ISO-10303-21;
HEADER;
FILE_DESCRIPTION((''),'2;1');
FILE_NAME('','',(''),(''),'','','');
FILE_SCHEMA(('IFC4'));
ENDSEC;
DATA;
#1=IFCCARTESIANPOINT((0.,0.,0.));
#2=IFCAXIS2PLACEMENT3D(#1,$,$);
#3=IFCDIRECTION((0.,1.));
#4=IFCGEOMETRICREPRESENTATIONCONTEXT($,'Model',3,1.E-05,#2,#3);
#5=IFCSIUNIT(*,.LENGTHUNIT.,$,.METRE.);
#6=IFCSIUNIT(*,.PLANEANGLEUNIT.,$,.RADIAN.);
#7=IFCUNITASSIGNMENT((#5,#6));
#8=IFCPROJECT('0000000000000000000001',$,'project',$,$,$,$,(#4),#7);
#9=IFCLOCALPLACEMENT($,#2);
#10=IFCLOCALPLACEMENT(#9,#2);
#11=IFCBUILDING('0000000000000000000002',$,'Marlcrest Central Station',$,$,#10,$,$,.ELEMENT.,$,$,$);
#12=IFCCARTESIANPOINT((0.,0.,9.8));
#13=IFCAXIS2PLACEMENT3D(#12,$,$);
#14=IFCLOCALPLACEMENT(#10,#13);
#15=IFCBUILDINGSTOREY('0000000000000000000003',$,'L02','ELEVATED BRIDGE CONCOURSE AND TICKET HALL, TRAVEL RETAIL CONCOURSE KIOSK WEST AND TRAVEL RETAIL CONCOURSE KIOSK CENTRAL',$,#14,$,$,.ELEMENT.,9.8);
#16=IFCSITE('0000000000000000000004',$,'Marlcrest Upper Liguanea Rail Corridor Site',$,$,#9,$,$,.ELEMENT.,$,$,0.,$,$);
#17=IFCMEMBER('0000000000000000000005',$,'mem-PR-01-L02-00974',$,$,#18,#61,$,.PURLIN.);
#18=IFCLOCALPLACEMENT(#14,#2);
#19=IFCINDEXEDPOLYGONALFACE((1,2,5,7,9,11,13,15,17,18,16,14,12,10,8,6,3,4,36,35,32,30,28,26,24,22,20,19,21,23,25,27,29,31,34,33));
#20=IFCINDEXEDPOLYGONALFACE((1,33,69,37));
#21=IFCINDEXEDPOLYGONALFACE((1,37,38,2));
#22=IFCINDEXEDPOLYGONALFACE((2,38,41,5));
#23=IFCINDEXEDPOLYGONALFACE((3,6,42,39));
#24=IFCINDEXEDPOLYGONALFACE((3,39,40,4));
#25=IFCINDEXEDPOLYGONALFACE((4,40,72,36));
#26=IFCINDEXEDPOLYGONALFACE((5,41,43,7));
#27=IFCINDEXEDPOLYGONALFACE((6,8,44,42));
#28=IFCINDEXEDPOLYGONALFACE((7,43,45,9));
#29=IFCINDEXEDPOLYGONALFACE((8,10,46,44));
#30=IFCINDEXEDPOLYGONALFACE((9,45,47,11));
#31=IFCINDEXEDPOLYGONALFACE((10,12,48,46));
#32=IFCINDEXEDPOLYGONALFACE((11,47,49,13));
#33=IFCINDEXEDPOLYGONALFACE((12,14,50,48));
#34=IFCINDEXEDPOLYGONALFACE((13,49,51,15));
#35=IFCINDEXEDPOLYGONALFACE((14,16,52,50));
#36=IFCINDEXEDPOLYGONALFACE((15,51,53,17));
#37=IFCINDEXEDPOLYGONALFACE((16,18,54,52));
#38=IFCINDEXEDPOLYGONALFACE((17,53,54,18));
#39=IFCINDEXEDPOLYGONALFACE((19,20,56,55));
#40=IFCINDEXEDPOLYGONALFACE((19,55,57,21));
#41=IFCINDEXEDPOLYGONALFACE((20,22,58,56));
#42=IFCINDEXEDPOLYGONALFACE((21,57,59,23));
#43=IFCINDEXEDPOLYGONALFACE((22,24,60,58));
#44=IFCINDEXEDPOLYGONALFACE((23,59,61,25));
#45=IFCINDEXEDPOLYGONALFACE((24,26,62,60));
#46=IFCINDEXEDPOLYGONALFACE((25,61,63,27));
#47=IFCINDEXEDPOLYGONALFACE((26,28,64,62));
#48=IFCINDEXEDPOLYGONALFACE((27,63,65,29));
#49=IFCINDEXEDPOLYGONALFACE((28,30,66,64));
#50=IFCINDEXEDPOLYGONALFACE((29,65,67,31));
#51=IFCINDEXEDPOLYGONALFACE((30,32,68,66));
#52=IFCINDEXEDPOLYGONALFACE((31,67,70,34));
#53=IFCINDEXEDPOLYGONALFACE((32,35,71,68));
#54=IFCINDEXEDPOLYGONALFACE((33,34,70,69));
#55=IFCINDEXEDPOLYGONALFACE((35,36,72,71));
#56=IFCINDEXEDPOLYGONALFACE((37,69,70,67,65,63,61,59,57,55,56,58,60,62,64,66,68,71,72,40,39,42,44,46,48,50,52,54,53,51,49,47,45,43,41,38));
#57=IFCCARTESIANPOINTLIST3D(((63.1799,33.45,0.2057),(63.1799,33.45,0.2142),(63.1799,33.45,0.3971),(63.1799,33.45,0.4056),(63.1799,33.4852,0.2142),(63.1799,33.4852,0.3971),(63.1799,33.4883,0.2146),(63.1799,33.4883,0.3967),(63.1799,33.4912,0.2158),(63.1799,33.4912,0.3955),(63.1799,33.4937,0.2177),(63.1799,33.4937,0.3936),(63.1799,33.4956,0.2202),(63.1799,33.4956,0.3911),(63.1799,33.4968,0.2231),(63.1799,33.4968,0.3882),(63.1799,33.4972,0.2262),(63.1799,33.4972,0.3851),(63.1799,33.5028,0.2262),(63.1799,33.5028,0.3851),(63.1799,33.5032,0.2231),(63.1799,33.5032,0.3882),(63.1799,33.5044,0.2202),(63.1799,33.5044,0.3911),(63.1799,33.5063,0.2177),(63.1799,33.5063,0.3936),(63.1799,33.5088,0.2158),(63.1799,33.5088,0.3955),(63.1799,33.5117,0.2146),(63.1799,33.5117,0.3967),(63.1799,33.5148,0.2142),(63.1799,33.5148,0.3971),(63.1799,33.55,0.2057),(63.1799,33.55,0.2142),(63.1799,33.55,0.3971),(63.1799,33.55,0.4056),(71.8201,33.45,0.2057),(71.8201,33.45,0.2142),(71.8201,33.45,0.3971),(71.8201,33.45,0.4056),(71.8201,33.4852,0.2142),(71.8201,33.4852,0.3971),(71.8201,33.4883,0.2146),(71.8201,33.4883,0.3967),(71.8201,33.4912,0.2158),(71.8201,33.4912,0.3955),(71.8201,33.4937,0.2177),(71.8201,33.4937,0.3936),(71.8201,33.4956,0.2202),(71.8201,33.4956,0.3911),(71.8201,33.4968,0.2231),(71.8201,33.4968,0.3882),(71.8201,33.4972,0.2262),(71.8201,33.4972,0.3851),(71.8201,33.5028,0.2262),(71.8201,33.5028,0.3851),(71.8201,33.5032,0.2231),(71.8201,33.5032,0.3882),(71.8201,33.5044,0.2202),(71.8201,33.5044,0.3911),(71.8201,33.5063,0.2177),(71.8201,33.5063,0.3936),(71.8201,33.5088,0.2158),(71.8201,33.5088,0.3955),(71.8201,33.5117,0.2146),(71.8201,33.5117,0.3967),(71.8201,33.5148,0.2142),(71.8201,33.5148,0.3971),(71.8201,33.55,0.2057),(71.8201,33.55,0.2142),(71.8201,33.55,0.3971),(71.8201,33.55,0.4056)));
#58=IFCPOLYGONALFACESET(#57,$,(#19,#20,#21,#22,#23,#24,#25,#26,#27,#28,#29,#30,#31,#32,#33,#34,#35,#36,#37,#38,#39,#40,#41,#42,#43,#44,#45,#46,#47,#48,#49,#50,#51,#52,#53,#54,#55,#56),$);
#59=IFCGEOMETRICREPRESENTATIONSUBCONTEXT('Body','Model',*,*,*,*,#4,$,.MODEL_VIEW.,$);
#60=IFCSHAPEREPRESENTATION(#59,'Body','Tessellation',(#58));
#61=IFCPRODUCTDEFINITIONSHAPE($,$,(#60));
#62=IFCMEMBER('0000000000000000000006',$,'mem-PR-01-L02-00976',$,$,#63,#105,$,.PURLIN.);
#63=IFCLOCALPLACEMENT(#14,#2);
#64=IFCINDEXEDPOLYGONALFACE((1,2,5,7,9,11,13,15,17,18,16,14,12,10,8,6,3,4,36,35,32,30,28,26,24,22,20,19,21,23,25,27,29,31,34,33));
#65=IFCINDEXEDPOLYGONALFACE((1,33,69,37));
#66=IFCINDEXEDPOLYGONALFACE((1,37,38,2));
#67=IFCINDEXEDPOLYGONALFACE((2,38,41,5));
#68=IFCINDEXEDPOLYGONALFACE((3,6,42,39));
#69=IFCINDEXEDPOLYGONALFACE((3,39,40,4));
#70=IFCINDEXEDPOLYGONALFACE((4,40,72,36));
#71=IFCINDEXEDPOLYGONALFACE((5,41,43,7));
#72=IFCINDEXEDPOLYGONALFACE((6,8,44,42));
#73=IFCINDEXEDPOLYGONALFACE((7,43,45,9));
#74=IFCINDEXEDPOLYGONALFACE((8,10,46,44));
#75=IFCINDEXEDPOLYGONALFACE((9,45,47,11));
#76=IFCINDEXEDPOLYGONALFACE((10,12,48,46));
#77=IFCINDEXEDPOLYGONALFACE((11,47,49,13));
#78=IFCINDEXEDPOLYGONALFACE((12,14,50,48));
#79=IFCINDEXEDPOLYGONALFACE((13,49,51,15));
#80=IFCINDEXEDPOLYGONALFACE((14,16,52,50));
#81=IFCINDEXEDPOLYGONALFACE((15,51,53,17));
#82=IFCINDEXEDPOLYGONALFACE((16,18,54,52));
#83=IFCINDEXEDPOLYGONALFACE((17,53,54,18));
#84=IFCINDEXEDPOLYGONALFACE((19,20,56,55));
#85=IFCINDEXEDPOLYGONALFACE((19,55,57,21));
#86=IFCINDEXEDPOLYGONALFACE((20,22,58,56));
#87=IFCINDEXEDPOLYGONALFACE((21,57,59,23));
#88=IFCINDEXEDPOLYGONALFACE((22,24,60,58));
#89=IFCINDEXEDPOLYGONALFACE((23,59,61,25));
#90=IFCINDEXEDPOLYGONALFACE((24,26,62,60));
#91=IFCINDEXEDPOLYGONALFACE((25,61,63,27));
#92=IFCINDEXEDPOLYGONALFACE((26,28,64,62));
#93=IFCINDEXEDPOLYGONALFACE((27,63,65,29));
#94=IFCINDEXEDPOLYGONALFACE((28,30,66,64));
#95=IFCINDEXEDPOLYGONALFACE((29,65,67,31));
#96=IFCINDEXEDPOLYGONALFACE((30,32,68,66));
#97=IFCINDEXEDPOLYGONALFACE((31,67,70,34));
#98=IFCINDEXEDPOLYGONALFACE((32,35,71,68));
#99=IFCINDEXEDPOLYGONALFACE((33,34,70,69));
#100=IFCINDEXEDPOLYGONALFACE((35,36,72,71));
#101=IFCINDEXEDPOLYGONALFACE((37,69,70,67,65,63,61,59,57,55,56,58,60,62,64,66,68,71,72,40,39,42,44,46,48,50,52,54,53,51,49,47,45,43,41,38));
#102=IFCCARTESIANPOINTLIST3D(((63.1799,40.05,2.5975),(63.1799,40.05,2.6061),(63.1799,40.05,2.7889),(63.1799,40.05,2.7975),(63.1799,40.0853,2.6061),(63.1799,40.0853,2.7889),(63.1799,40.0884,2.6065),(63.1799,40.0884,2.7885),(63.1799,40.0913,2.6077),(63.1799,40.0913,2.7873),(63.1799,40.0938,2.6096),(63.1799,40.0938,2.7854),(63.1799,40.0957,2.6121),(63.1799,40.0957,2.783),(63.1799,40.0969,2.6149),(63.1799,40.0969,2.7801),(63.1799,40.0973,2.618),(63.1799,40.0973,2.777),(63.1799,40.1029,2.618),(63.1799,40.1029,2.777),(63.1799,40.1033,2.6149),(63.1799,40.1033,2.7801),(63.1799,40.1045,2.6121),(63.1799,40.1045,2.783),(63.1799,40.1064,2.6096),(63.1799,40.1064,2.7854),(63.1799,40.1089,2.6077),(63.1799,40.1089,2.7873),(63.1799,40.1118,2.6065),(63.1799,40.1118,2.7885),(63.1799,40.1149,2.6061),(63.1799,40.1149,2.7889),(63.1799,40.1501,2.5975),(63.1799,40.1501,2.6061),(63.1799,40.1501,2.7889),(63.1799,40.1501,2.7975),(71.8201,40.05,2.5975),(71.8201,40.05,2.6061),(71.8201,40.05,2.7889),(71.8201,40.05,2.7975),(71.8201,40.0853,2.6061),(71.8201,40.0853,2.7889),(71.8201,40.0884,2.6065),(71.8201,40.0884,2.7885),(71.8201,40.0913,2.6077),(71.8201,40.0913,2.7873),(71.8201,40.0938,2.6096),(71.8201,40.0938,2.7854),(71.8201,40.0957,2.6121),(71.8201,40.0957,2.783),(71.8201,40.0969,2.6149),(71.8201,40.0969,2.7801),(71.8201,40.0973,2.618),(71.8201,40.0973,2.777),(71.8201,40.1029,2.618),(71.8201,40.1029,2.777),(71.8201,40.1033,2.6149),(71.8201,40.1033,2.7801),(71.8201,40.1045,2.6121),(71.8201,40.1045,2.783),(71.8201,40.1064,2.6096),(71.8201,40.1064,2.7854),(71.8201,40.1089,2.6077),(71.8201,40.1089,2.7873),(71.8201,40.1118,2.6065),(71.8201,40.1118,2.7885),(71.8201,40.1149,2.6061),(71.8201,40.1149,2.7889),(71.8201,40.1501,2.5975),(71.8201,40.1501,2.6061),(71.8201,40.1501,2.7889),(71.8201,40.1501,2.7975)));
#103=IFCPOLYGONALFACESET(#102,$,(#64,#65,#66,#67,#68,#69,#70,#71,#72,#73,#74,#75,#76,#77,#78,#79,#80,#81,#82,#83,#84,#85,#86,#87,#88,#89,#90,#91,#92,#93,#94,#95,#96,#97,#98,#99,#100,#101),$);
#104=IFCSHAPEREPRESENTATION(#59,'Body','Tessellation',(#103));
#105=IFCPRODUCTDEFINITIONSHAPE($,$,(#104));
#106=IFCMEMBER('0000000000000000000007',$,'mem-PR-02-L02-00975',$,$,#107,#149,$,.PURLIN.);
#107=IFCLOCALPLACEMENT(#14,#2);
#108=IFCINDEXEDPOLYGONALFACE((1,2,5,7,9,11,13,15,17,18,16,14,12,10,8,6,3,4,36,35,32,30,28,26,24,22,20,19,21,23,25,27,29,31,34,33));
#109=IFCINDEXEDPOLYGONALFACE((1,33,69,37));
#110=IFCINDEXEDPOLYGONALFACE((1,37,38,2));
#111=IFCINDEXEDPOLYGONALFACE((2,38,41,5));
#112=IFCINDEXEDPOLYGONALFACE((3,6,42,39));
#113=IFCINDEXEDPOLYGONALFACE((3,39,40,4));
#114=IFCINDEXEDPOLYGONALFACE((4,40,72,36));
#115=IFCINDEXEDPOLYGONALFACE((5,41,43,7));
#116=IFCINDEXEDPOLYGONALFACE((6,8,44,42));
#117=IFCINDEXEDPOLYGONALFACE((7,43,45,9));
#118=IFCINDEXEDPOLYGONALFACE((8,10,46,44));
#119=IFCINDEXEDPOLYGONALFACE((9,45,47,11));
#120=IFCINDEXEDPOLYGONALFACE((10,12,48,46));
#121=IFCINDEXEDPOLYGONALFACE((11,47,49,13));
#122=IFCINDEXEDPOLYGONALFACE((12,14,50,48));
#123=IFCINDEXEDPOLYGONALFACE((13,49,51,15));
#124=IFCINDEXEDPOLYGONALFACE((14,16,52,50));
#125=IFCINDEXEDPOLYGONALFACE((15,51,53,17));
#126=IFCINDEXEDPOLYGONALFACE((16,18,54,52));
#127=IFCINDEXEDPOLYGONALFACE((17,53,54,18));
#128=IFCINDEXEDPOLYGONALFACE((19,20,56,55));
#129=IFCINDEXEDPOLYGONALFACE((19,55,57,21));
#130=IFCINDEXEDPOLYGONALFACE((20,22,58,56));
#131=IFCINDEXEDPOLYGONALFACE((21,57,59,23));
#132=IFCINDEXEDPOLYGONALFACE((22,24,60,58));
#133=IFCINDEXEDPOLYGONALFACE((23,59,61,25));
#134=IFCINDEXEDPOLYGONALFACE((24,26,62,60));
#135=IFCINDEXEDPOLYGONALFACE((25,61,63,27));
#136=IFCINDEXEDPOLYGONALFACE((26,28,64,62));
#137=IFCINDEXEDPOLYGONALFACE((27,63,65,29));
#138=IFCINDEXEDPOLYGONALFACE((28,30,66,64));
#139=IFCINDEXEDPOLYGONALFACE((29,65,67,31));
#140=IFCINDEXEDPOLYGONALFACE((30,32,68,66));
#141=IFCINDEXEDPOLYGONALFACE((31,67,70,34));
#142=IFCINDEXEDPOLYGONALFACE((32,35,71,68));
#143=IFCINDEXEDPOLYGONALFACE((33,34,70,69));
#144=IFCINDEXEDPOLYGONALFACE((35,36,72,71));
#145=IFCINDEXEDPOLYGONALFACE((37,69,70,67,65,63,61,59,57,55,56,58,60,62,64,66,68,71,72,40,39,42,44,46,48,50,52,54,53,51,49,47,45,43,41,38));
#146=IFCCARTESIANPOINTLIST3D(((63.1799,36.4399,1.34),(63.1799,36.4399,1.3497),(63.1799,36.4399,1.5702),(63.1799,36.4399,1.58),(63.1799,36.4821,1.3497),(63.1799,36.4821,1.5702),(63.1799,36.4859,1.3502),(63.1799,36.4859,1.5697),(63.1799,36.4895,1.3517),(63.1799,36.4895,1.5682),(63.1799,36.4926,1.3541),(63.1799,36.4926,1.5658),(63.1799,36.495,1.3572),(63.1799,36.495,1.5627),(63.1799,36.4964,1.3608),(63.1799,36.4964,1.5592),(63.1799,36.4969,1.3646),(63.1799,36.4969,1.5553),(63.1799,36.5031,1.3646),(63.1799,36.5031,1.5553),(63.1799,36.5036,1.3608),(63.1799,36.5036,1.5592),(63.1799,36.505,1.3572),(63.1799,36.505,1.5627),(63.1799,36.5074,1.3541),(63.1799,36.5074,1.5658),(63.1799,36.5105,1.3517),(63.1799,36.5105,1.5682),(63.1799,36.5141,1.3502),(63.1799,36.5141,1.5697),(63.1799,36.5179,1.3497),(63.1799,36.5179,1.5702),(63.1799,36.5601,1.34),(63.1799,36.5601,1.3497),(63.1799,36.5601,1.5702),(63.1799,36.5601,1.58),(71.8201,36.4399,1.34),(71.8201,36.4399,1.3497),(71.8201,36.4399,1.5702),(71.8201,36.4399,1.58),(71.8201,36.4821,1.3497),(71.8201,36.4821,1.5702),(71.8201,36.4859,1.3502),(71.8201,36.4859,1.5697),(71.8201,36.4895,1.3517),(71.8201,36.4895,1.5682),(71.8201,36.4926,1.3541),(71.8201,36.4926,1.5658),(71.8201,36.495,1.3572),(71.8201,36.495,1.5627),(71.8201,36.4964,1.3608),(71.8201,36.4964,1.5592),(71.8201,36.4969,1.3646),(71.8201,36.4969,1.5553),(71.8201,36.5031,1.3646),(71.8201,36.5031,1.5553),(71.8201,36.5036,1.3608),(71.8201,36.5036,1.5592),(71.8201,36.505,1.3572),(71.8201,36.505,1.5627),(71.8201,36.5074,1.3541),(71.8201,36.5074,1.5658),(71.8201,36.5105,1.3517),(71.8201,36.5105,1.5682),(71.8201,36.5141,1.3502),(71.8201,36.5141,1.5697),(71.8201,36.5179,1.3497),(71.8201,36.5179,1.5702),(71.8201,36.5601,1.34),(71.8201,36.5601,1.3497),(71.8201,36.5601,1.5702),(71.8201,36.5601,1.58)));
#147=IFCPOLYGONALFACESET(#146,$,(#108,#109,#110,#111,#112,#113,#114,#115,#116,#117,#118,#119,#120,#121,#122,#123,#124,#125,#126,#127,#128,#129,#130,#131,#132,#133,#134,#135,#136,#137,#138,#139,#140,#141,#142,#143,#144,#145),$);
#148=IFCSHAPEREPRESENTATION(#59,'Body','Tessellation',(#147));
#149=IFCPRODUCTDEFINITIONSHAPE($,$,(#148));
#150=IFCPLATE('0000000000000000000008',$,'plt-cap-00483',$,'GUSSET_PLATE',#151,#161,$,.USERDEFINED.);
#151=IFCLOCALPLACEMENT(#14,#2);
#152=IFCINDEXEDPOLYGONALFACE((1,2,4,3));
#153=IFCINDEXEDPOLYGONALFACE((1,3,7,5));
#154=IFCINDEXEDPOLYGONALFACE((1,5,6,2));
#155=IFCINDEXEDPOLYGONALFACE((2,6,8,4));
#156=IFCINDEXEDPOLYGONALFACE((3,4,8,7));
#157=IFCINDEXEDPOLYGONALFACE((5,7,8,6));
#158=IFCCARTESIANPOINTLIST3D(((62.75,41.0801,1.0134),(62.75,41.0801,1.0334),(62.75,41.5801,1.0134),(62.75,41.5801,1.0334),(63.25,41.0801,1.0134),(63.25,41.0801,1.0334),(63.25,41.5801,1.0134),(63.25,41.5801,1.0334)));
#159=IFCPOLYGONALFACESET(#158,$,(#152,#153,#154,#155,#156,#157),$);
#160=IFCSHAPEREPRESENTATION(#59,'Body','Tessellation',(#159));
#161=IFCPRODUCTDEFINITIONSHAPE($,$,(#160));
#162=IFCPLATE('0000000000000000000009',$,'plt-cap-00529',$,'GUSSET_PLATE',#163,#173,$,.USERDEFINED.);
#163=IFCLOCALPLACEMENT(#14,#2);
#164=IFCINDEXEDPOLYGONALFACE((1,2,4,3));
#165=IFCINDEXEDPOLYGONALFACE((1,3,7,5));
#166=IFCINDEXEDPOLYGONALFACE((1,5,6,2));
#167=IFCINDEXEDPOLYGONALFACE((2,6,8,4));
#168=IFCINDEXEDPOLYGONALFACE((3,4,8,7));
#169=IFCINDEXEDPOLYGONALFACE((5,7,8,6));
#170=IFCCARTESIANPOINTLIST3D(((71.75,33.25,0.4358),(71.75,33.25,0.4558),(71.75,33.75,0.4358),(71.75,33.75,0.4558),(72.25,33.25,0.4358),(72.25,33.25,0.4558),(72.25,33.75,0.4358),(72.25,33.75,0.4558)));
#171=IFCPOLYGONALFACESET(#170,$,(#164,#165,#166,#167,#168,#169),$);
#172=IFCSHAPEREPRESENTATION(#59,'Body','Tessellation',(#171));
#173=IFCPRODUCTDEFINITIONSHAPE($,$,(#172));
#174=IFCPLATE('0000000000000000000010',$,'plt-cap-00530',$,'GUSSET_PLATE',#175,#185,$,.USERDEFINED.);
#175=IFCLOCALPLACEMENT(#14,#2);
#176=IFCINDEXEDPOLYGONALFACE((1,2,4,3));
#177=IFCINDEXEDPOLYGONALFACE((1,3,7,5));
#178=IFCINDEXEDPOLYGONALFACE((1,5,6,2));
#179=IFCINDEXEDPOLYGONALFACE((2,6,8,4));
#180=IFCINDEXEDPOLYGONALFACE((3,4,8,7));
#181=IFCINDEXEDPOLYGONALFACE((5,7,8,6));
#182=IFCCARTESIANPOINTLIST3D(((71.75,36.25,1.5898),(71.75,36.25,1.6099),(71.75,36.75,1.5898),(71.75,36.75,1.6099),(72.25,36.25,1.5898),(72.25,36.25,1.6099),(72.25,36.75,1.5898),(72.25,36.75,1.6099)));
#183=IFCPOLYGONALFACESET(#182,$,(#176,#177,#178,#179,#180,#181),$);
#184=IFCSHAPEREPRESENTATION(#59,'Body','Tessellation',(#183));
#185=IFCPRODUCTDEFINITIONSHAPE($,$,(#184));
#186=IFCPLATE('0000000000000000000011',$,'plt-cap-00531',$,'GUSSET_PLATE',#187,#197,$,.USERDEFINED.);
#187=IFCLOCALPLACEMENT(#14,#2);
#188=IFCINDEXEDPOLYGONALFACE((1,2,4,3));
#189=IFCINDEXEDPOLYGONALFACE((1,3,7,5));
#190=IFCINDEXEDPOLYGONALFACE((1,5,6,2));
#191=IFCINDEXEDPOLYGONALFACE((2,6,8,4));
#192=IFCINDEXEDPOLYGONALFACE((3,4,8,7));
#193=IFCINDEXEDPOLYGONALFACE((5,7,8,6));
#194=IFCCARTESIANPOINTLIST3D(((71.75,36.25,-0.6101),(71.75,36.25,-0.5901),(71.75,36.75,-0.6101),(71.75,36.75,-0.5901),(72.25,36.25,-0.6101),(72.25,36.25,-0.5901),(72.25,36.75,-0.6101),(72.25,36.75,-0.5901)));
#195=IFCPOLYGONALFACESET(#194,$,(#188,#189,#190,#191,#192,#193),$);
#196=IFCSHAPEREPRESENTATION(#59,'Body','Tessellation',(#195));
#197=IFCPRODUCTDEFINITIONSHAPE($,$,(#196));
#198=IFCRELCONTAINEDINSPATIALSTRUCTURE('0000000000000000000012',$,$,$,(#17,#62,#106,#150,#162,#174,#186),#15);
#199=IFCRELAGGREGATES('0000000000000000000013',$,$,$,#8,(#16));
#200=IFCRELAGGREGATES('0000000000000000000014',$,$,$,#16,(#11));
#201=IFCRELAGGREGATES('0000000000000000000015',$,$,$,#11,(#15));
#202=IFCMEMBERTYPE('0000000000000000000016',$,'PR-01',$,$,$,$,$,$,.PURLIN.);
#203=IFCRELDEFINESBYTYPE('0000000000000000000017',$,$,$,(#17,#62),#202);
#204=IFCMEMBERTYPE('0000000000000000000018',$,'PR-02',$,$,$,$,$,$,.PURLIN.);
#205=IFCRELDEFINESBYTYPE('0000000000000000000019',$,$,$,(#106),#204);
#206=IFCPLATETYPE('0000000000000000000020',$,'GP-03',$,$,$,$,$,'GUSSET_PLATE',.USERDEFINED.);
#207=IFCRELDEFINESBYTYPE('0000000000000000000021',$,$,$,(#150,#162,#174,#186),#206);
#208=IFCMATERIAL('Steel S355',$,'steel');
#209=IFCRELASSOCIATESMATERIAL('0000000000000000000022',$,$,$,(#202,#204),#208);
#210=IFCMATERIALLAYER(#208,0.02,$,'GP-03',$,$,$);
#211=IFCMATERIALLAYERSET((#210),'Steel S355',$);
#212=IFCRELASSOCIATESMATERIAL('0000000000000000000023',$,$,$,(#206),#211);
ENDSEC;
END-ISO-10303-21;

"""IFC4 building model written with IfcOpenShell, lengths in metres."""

from ifc_helpers import new_model, si_unit, direction, frame, origin, origin_2d, place, context, subcontext, project, spatial, rectangle, i_section, extrude, material, layer, layer_set, material_profile, profile_set, type_object, element, save


model = new_model("IFC4")

# Units and contexts
model_context = context("Model", 3, precision=1e-05, world=origin(), true_north=direction((0.0, 1.0)))
body_context = subcontext(model_context, "Body", "Model", "MODEL_VIEW")
ifc_project = project(units=[si_unit("LENGTHUNIT", "METRE"), si_unit("PLANEANGLEUNIT", "RADIAN")], contexts=[model_context])

# Site, building, storey
site_placement = place(None, origin())
site = spatial("IfcSite", under=ifc_project, at=site_placement, Name="Marlcrest Upper Liguanea Rail Corridor Site", CompositionType="ELEMENT", RefElevation=0.0)
building_placement = place(site_placement, origin())
building = spatial("IfcBuilding", under=site, at=building_placement, Name="Marlcrest Central Station", CompositionType="ELEMENT")
storey_placement = place(building_placement, frame((0.0, 0.0, 9.8)))
storey = spatial("IfcBuildingStorey", under=building, at=storey_placement, Name="L02", Description="ELEVATED BRIDGE CONCOURSE AND TICKET HALL, TRAVEL RETAIL CONCOURSE KIOSK WEST AND TRAVEL RETAIL CONCOURSE KIOSK CENTRAL", CompositionType="ELEMENT", Elevation=9.8)

# Members
ifc_material_1 = material(Name="Steel S355", Category="steel")
ifc_material_profile_1 = material_profile(ifc_material_1, i_section(OverallWidth=0.1001, OverallDepth=0.2, WebThickness=0.0056, FlangeThickness=0.0085, FilletRadius=0.012, at=origin_2d()), Name="IPE 200")
ifc_profile_set_1 = profile_set([ifc_material_profile_1], Name="Steel S355")
member_type_1 = type_object("IfcMemberType", Name="PR-01", PredefinedType="PURLIN", material=ifc_profile_set_1)
for number, where, z_axis, x_axis, name in (
    (1, (63.1799, 33.5, 0.3057), (1.0, 0.0, 0.0), (0.0, 1.0, 0.0), "mem-PR-01-L02-00974"),
    (2, (63.1799, 40.1001, 2.6975), (1.0, 0.0, 0.0), (0.0, 1.0, 0.0), "mem-PR-01-L02-00976"),
):
    element("IfcMember", number, at=place(storey_placement, frame(where, z_axis=z_axis, x_axis=x_axis)), inside=storey, type_object=member_type_1, Name=name, PredefinedType="PURLIN", context=body_context, shape_type="SweptSolid", body=[
        extrude(i_section(OverallWidth=0.1001, OverallDepth=0.2, WebThickness=0.0056, FlangeThickness=0.0085, FilletRadius=0.012, at=origin_2d()), origin(), (0.0, 0.0, 1.0), 8.6401),
    ])
ifc_material_profile_2 = material_profile(ifc_material_1, i_section(OverallWidth=0.1201, OverallDepth=0.24, WebThickness=0.0061, FlangeThickness=0.0098, FilletRadius=0.0149, at=origin_2d()), Name="IPE 240")
ifc_profile_set_2 = profile_set([ifc_material_profile_2], Name="Steel S355")
member_type_2 = type_object("IfcMemberType", Name="PR-02", PredefinedType="PURLIN", material=ifc_profile_set_2)
member_1_placement = place(storey_placement, frame((63.1799, 36.5, 1.46), z_axis=(1.0, 0.0, 0.0), x_axis=(0.0, 1.0, 0.0)))
element("IfcMember", 3, at=member_1_placement, inside=storey, type_object=member_type_2, Name="mem-PR-02-L02-00975", PredefinedType="PURLIN", context=body_context, shape_type="SweptSolid", body=[
    extrude(i_section(OverallWidth=0.1201, OverallDepth=0.24, WebThickness=0.0061, FlangeThickness=0.0098, FilletRadius=0.0149, at=origin_2d()), origin(), (0.0, 0.0, 1.0), 8.6401),
])

# Plates
ifc_layer_1 = layer(ifc_material_1, 0.02, Name="GP-03")
ifc_layer_set_1 = layer_set([ifc_layer_1], Name="Steel S355")
plate_type = type_object("IfcPlateType", Name="GP-03", ElementType="GUSSET_PLATE", PredefinedType="USERDEFINED", material=ifc_layer_set_1)
for number, where, z_axis, x_axis, name in (
    (4, (63.0, 41.3301, 1.0134), (0.0, 0.0, 1.0), (1.0, 0.0, 0.0), "plt-cap-00483"),
    (5, (72.0, 33.5, 0.4358), (0.0, 0.0, 1.0), (1.0, 0.0, 0.0), "plt-cap-00529"),
    (6, (72.0, 36.5, 1.5898), (0.0, 0.0, 1.0), (1.0, 0.0, 0.0), "plt-cap-00530"),
    (7, (72.0, 36.5, -0.6101), (0.0, 0.0, 1.0), (1.0, 0.0, 0.0), "plt-cap-00531"),
):
    element("IfcPlate", number, at=place(storey_placement, frame(where, z_axis=z_axis, x_axis=x_axis)), inside=storey, type_object=plate_type, Name=name, ObjectType="GUSSET_PLATE", PredefinedType="USERDEFINED", context=body_context, shape_type="SweptSolid", body=[
        extrude(rectangle(XDim=0.5, YDim=0.5, at=origin_2d()), origin(), (0.0, 0.0, 1.0), 0.02),
    ])

save(model, "model.ifc")
